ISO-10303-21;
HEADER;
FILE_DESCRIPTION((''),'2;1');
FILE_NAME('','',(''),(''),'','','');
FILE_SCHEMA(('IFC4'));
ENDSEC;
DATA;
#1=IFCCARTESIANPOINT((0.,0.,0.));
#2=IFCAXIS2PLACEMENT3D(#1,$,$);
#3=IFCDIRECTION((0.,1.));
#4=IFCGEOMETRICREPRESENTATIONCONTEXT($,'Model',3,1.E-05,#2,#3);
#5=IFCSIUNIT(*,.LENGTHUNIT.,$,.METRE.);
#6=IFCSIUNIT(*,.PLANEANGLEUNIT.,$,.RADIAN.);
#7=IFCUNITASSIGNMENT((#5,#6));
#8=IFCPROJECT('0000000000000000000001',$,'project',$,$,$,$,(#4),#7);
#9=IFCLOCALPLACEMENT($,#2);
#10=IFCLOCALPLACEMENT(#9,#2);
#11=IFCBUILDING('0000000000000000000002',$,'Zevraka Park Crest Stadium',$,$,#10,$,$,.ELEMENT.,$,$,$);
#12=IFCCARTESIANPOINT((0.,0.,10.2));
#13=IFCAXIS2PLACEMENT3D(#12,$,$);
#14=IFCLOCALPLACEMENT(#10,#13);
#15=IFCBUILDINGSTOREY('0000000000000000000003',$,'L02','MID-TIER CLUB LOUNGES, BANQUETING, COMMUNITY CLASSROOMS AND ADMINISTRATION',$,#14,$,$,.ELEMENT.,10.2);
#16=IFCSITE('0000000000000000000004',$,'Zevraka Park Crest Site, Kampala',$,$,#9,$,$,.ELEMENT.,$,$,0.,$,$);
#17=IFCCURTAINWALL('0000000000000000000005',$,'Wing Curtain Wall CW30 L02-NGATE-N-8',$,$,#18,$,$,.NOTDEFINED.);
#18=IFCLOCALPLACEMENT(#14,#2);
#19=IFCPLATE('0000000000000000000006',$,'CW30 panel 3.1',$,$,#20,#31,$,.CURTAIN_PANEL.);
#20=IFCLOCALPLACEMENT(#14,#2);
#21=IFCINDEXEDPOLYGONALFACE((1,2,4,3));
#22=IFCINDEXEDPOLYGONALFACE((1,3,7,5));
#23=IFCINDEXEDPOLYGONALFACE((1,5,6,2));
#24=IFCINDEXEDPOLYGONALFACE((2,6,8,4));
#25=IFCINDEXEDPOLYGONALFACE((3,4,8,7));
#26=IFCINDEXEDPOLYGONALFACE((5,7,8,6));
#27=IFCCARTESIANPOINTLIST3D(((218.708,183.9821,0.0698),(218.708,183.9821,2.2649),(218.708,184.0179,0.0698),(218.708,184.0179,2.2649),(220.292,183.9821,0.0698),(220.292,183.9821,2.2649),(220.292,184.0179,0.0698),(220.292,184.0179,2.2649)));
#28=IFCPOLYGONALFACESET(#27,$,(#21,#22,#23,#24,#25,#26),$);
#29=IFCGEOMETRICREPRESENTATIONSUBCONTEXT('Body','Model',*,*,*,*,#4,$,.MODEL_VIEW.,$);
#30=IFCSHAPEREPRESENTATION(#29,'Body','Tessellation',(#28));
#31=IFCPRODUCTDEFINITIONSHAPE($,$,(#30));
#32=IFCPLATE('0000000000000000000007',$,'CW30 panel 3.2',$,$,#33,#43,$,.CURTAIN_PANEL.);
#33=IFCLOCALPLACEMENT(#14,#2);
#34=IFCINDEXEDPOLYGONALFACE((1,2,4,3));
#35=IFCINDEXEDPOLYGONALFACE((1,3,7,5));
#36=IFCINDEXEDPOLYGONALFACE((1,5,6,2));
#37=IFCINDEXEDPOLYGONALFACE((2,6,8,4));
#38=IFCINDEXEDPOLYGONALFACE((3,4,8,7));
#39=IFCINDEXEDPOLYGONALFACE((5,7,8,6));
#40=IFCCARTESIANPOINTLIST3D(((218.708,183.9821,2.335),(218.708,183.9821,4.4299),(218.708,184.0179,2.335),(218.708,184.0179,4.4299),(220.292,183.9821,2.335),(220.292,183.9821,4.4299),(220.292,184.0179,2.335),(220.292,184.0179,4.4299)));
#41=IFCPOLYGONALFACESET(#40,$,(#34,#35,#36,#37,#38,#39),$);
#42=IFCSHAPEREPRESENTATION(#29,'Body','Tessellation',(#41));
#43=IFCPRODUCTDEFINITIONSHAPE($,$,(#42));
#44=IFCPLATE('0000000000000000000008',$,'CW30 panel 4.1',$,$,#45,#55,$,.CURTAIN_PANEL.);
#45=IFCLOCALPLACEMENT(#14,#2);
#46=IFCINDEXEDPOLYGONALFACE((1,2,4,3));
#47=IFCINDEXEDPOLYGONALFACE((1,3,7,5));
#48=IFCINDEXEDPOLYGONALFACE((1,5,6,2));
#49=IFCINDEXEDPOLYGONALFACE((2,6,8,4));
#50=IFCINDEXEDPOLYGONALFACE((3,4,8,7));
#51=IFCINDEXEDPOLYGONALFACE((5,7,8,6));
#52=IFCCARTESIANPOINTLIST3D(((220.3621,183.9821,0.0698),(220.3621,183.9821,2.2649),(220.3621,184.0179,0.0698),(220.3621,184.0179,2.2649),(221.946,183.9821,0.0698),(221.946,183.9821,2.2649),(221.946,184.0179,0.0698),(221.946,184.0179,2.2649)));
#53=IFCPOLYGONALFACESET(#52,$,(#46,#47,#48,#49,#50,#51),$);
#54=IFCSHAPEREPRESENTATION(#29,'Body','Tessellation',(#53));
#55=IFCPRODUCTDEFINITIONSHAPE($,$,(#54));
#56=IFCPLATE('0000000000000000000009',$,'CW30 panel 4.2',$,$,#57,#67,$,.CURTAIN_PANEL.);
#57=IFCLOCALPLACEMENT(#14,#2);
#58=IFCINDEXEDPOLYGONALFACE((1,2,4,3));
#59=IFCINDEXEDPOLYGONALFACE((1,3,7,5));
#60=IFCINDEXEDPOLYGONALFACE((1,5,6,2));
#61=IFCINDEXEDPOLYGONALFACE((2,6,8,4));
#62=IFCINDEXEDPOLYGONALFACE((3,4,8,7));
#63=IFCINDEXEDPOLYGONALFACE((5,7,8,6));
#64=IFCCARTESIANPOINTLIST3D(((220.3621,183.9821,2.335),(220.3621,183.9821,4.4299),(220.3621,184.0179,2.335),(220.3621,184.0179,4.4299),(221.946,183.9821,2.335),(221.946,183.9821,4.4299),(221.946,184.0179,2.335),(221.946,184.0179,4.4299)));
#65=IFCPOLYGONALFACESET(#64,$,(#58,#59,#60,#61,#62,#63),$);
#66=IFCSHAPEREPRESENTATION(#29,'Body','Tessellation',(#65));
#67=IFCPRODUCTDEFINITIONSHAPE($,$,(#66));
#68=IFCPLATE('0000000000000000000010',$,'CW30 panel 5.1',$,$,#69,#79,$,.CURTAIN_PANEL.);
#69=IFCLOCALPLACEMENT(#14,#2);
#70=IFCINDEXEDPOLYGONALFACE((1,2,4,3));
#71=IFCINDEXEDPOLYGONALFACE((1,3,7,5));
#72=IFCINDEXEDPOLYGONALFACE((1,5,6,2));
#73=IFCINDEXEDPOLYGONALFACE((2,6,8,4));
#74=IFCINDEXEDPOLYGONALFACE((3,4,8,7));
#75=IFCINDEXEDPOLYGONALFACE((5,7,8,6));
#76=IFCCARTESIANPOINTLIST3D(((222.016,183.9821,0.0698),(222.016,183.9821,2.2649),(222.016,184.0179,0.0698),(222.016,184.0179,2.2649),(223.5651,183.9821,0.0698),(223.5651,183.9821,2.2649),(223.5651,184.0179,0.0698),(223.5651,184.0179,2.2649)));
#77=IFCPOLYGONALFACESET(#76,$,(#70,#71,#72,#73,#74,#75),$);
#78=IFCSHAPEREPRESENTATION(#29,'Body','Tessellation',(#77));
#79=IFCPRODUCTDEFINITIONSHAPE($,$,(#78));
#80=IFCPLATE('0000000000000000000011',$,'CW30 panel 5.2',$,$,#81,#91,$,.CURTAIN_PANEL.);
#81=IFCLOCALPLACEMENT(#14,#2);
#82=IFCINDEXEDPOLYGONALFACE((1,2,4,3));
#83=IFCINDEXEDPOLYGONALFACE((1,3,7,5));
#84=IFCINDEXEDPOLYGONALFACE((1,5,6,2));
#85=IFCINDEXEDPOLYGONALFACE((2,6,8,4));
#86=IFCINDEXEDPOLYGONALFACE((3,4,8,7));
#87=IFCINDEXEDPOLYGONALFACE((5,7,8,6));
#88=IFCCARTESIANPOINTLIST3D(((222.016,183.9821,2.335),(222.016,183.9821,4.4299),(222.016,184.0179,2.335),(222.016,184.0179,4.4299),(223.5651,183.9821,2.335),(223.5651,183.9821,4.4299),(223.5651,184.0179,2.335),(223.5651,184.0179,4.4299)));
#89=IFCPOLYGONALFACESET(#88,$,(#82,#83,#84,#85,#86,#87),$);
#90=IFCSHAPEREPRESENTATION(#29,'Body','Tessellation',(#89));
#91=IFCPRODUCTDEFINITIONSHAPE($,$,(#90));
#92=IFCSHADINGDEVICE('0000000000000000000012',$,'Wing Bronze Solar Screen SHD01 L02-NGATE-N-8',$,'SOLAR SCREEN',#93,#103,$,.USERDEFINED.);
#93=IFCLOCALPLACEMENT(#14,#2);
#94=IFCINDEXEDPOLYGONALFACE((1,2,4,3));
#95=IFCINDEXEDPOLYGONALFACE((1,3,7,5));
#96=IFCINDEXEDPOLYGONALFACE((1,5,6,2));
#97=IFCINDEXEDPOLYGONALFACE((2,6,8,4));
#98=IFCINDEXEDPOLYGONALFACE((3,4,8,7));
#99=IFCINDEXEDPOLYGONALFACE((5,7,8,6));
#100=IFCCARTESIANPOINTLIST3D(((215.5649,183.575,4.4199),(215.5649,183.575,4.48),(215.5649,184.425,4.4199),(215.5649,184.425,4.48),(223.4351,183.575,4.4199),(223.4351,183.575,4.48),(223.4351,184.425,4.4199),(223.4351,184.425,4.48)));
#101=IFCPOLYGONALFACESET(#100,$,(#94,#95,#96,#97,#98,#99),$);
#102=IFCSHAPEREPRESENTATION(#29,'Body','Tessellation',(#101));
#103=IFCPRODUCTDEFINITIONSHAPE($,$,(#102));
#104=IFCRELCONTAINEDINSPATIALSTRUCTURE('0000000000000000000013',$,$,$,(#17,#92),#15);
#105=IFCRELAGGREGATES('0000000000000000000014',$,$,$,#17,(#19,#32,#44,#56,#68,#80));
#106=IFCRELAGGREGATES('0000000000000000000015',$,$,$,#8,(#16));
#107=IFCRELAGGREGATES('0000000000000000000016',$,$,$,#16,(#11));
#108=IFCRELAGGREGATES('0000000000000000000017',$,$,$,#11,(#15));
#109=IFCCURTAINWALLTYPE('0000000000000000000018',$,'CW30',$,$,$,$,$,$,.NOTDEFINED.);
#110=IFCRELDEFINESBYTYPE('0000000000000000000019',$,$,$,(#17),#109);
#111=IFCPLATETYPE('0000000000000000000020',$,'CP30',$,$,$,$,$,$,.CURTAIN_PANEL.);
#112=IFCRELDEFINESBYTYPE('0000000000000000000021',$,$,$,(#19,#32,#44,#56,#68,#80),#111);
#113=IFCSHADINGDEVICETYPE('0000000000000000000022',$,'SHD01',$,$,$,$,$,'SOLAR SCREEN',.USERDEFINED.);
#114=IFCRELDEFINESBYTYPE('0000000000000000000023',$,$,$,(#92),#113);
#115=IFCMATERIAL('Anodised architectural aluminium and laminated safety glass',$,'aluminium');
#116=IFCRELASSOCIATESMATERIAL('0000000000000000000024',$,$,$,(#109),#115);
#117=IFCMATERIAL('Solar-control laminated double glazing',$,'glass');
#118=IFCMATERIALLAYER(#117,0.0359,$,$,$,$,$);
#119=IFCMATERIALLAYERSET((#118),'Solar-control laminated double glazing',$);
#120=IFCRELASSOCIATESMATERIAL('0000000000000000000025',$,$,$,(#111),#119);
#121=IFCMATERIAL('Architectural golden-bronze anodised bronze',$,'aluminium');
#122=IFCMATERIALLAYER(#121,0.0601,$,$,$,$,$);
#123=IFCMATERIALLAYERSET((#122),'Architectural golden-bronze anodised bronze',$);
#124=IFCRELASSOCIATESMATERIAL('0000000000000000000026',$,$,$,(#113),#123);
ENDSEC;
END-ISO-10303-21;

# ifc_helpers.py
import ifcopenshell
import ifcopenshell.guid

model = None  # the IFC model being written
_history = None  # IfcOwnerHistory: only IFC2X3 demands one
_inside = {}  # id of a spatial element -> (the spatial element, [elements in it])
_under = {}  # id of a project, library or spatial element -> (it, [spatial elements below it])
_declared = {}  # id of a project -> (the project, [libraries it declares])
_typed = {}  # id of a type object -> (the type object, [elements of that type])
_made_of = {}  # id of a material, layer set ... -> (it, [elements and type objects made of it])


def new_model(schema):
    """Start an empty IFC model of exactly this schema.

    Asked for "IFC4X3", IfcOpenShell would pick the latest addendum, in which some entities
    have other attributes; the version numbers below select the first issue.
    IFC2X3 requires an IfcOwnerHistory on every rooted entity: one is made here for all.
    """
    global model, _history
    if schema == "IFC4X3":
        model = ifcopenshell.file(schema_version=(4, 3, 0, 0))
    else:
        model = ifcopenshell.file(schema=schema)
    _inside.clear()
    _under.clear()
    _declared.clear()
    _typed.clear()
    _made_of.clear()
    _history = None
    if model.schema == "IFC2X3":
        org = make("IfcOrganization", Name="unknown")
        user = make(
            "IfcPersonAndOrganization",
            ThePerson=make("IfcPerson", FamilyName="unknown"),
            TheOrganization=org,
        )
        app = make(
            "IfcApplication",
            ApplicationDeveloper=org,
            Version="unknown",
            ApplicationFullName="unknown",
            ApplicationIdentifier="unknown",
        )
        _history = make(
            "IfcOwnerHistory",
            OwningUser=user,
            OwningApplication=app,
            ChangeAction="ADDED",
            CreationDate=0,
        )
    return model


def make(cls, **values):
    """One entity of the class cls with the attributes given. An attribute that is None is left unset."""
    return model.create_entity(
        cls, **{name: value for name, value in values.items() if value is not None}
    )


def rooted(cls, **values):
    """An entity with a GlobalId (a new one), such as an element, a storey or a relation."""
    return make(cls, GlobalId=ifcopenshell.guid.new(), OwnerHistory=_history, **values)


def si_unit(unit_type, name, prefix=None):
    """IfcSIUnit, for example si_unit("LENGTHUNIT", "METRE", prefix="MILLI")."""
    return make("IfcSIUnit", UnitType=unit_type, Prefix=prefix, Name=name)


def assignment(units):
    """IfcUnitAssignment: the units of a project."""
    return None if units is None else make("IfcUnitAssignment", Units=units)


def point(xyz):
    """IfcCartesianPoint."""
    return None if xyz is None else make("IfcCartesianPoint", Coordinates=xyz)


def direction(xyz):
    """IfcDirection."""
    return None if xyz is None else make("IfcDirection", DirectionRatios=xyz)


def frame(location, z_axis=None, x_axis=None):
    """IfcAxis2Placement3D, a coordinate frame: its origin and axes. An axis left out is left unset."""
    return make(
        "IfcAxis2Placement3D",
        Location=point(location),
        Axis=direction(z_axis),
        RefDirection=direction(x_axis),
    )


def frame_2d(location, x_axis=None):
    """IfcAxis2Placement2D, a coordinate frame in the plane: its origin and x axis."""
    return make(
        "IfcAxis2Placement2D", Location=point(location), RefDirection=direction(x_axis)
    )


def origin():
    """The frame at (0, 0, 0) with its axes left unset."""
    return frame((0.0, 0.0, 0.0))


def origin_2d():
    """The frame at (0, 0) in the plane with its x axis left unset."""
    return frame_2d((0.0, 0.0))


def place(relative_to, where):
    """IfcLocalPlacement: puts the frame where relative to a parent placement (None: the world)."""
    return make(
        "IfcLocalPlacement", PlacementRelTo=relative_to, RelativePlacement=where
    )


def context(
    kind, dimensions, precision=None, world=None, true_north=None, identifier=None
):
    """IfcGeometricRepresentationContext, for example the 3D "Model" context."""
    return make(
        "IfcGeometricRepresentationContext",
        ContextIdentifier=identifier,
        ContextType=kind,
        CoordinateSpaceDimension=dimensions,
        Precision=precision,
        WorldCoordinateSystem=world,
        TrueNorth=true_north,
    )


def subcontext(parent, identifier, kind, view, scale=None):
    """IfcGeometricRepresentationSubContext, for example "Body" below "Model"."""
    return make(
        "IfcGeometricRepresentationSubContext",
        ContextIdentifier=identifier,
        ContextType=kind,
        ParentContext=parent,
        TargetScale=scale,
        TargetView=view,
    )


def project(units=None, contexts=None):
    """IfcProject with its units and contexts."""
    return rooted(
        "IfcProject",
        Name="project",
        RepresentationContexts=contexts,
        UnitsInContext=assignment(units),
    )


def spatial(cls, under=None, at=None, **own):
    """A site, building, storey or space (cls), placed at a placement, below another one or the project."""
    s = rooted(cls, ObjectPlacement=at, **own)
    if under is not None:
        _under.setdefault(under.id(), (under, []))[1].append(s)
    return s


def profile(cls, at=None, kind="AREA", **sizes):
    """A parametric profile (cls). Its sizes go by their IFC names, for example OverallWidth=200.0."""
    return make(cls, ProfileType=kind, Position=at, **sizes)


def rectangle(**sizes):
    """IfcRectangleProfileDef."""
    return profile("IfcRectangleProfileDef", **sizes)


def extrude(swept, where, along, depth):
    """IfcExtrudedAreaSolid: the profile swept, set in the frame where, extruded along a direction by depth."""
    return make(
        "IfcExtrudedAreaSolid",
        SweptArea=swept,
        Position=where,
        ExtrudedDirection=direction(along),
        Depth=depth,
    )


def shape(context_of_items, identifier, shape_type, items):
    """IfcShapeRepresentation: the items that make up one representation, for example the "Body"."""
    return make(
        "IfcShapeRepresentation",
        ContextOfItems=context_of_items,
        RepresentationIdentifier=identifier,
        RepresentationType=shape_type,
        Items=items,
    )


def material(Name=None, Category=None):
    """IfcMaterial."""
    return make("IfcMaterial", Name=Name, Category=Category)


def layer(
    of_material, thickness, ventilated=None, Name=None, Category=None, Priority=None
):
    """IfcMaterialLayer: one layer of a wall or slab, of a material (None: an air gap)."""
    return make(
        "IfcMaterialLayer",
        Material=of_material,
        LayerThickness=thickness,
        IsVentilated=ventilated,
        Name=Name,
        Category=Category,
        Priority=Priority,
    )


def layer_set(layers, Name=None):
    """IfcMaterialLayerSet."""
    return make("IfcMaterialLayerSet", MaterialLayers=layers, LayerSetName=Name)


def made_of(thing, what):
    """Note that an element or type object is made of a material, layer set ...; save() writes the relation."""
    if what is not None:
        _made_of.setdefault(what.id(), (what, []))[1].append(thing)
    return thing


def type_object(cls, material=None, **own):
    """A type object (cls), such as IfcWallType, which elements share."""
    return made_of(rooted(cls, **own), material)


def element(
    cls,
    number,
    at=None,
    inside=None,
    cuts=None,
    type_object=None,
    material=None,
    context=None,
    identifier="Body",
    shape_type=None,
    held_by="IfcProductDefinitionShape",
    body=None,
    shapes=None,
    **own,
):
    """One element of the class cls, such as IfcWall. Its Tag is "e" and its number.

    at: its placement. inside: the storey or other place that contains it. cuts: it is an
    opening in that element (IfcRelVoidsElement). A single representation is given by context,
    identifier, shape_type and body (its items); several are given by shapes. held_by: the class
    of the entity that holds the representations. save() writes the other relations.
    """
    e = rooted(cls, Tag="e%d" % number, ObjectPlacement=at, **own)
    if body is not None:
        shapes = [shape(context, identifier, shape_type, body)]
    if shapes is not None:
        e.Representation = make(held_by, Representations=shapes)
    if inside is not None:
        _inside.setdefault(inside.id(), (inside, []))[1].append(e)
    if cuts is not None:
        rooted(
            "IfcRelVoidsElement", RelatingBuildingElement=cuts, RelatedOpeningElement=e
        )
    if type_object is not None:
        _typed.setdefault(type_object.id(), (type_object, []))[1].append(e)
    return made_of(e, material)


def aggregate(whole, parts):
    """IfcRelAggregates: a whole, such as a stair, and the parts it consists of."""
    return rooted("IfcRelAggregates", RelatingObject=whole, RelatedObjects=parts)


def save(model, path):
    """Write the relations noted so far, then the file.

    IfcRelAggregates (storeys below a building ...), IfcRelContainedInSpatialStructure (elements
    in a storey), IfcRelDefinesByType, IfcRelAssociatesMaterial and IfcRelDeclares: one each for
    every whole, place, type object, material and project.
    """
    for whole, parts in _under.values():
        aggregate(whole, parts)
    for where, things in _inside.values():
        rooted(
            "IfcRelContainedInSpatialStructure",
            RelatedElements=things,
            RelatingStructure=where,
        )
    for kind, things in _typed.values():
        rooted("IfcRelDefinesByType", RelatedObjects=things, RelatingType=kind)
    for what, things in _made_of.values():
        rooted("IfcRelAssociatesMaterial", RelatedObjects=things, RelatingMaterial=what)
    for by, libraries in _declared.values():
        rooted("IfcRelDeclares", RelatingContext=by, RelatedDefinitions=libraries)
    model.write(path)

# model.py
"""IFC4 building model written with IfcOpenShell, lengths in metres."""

from ifc_helpers import new_model, si_unit, direction, frame, origin, origin_2d, place, context, subcontext, project, spatial, rectangle, extrude, material, layer, layer_set, type_object, element, aggregate, save


model = new_model("IFC4")

# Units and contexts
model_context = context("Model", 3, precision=1e-05, world=origin(), true_north=direction((0.0, 1.0)))
body_context = subcontext(model_context, "Body", "Model", "MODEL_VIEW")
ifc_project = project(units=[si_unit("LENGTHUNIT", "METRE"), si_unit("PLANEANGLEUNIT", "RADIAN")], contexts=[model_context])

# Site, building, storey
site_placement = place(None, origin())
site = spatial("IfcSite", under=ifc_project, at=site_placement, Name="Zevraka Park Crest Site, Kampala", CompositionType="ELEMENT", RefElevation=0.0)
building_placement = place(site_placement, origin())
building = spatial("IfcBuilding", under=site, at=building_placement, Name="Zevraka Park Crest Stadium", CompositionType="ELEMENT")
storey_placement = place(building_placement, frame((0.0, 0.0, 10.2)))
storey = spatial("IfcBuildingStorey", under=building, at=storey_placement, Name="L02", Description="MID-TIER CLUB LOUNGES, BANQUETING, COMMUNITY CLASSROOMS AND ADMINISTRATION", CompositionType="ELEMENT", Elevation=10.2)

# Curtain wall, plates
ifc_material_1 = material(Name="Anodised architectural aluminium and laminated safety glass", Category="aluminium")
curtain_wall_type = type_object("IfcCurtainWallType", Name="CW30", PredefinedType="NOTDEFINED", material=ifc_material_1)
curtain_wall_placement = place(storey_placement, origin())
curtain_wall = element("IfcCurtainWall", 1, at=curtain_wall_placement, inside=storey, type_object=curtain_wall_type, Name="Wing Curtain Wall CW30 L02-NGATE-N-8", PredefinedType="NOTDEFINED")
ifc_material_2 = material(Name="Solar-control laminated double glazing", Category="glass")
ifc_layer_1 = layer(ifc_material_2, 0.0359)
ifc_layer_set_1 = layer_set([ifc_layer_1], Name="Solar-control laminated double glazing")
plate_type = type_object("IfcPlateType", Name="CP30", PredefinedType="CURTAIN_PANEL", material=ifc_layer_set_1)
plate_1_placement = place(storey_placement, frame((219.5, 184.0, 0.0698), z_axis=(0.0, 0.0, 1.0), x_axis=(1.0, 0.0, 0.0)))
plate_1 = element("IfcPlate", 2, at=plate_1_placement, type_object=plate_type, Name="CW30 panel 3.1", PredefinedType="CURTAIN_PANEL", context=body_context, shape_type="SweptSolid", body=[
    extrude(rectangle(XDim=1.584, YDim=0.0359, at=origin_2d()), origin(), (0.0, 0.0, 1.0), 2.1951),
])
plate_2_placement = place(storey_placement, frame((219.5, 184.0, 2.335), z_axis=(0.0, 0.0, 1.0), x_axis=(1.0, 0.0, 0.0)))
plate_2 = element("IfcPlate", 3, at=plate_2_placement, type_object=plate_type, Name="CW30 panel 3.2", PredefinedType="CURTAIN_PANEL", context=body_context, shape_type="SweptSolid", body=[
    extrude(rectangle(XDim=1.584, YDim=0.0359, at=origin_2d()), origin(), (0.0, 0.0, 1.0), 2.095),
])
plate_3_placement = place(storey_placement, frame((221.1541, 184.0, 0.0698), z_axis=(0.0, 0.0, 1.0), x_axis=(1.0, 0.0, 0.0)))
plate_3 = element("IfcPlate", 4, at=plate_3_placement, type_object=plate_type, Name="CW30 panel 4.1", PredefinedType="CURTAIN_PANEL", context=body_context, shape_type="SweptSolid", body=[
    extrude(rectangle(XDim=1.584, YDim=0.0359, at=origin_2d()), origin(), (0.0, 0.0, 1.0), 2.1951),
])
plate_4_placement = place(storey_placement, frame((221.1541, 184.0, 2.335), z_axis=(0.0, 0.0, 1.0), x_axis=(1.0, 0.0, 0.0)))
plate_4 = element("IfcPlate", 5, at=plate_4_placement, type_object=plate_type, Name="CW30 panel 4.2", PredefinedType="CURTAIN_PANEL", context=body_context, shape_type="SweptSolid", body=[
    extrude(rectangle(XDim=1.584, YDim=0.0359, at=origin_2d()), origin(), (0.0, 0.0, 1.0), 2.095),
])
plate_5_placement = place(storey_placement, frame((222.7905, 184.0, 0.0698), z_axis=(0.0, 0.0, 1.0), x_axis=(1.0, 0.0, 0.0)))
plate_5 = element("IfcPlate", 6, at=plate_5_placement, type_object=plate_type, Name="CW30 panel 5.1", PredefinedType="CURTAIN_PANEL", context=body_context, shape_type="SweptSolid", body=[
    extrude(rectangle(XDim=1.5491, YDim=0.0359, at=origin_2d()), origin(), (0.0, 0.0, 1.0), 2.1951),
])
plate_6_placement = place(storey_placement, frame((222.7905, 184.0, 2.335), z_axis=(0.0, 0.0, 1.0), x_axis=(1.0, 0.0, 0.0)))
plate_6 = element("IfcPlate", 7, at=plate_6_placement, type_object=plate_type, Name="CW30 panel 5.2", PredefinedType="CURTAIN_PANEL", context=body_context, shape_type="SweptSolid", body=[
    extrude(rectangle(XDim=1.5491, YDim=0.0359, at=origin_2d()), origin(), (0.0, 0.0, 1.0), 2.095),
])
aggregate(curtain_wall, [plate_1, plate_2, plate_3, plate_4, plate_5, plate_6])

# Shading device
ifc_material_3 = material(Name="Architectural golden-bronze anodised bronze", Category="aluminium")
ifc_layer_2 = layer(ifc_material_3, 0.0601)
ifc_layer_set_2 = layer_set([ifc_layer_2], Name="Architectural golden-bronze anodised bronze")
shading_device_type = type_object("IfcShadingDeviceType", Name="SHD01", ElementType="SOLAR SCREEN", PredefinedType="USERDEFINED", material=ifc_layer_set_2)
shading_device_placement = place(storey_placement, frame((219.5, 184.0, 4.4199), z_axis=(0.0, 0.0, 1.0), x_axis=(1.0, 0.0, 0.0)))
element("IfcShadingDevice", 8, at=shading_device_placement, inside=storey, type_object=shading_device_type, Name="Wing Bronze Solar Screen SHD01 L02-NGATE-N-8", ObjectType="SOLAR SCREEN", PredefinedType="USERDEFINED", context=body_context, shape_type="SweptSolid", body=[
    extrude(rectangle(XDim=7.8701, YDim=0.8501, at=origin_2d()), origin(), (0.0, 0.0, 1.0), 0.0601),
])

save(model, "model.ifc")
